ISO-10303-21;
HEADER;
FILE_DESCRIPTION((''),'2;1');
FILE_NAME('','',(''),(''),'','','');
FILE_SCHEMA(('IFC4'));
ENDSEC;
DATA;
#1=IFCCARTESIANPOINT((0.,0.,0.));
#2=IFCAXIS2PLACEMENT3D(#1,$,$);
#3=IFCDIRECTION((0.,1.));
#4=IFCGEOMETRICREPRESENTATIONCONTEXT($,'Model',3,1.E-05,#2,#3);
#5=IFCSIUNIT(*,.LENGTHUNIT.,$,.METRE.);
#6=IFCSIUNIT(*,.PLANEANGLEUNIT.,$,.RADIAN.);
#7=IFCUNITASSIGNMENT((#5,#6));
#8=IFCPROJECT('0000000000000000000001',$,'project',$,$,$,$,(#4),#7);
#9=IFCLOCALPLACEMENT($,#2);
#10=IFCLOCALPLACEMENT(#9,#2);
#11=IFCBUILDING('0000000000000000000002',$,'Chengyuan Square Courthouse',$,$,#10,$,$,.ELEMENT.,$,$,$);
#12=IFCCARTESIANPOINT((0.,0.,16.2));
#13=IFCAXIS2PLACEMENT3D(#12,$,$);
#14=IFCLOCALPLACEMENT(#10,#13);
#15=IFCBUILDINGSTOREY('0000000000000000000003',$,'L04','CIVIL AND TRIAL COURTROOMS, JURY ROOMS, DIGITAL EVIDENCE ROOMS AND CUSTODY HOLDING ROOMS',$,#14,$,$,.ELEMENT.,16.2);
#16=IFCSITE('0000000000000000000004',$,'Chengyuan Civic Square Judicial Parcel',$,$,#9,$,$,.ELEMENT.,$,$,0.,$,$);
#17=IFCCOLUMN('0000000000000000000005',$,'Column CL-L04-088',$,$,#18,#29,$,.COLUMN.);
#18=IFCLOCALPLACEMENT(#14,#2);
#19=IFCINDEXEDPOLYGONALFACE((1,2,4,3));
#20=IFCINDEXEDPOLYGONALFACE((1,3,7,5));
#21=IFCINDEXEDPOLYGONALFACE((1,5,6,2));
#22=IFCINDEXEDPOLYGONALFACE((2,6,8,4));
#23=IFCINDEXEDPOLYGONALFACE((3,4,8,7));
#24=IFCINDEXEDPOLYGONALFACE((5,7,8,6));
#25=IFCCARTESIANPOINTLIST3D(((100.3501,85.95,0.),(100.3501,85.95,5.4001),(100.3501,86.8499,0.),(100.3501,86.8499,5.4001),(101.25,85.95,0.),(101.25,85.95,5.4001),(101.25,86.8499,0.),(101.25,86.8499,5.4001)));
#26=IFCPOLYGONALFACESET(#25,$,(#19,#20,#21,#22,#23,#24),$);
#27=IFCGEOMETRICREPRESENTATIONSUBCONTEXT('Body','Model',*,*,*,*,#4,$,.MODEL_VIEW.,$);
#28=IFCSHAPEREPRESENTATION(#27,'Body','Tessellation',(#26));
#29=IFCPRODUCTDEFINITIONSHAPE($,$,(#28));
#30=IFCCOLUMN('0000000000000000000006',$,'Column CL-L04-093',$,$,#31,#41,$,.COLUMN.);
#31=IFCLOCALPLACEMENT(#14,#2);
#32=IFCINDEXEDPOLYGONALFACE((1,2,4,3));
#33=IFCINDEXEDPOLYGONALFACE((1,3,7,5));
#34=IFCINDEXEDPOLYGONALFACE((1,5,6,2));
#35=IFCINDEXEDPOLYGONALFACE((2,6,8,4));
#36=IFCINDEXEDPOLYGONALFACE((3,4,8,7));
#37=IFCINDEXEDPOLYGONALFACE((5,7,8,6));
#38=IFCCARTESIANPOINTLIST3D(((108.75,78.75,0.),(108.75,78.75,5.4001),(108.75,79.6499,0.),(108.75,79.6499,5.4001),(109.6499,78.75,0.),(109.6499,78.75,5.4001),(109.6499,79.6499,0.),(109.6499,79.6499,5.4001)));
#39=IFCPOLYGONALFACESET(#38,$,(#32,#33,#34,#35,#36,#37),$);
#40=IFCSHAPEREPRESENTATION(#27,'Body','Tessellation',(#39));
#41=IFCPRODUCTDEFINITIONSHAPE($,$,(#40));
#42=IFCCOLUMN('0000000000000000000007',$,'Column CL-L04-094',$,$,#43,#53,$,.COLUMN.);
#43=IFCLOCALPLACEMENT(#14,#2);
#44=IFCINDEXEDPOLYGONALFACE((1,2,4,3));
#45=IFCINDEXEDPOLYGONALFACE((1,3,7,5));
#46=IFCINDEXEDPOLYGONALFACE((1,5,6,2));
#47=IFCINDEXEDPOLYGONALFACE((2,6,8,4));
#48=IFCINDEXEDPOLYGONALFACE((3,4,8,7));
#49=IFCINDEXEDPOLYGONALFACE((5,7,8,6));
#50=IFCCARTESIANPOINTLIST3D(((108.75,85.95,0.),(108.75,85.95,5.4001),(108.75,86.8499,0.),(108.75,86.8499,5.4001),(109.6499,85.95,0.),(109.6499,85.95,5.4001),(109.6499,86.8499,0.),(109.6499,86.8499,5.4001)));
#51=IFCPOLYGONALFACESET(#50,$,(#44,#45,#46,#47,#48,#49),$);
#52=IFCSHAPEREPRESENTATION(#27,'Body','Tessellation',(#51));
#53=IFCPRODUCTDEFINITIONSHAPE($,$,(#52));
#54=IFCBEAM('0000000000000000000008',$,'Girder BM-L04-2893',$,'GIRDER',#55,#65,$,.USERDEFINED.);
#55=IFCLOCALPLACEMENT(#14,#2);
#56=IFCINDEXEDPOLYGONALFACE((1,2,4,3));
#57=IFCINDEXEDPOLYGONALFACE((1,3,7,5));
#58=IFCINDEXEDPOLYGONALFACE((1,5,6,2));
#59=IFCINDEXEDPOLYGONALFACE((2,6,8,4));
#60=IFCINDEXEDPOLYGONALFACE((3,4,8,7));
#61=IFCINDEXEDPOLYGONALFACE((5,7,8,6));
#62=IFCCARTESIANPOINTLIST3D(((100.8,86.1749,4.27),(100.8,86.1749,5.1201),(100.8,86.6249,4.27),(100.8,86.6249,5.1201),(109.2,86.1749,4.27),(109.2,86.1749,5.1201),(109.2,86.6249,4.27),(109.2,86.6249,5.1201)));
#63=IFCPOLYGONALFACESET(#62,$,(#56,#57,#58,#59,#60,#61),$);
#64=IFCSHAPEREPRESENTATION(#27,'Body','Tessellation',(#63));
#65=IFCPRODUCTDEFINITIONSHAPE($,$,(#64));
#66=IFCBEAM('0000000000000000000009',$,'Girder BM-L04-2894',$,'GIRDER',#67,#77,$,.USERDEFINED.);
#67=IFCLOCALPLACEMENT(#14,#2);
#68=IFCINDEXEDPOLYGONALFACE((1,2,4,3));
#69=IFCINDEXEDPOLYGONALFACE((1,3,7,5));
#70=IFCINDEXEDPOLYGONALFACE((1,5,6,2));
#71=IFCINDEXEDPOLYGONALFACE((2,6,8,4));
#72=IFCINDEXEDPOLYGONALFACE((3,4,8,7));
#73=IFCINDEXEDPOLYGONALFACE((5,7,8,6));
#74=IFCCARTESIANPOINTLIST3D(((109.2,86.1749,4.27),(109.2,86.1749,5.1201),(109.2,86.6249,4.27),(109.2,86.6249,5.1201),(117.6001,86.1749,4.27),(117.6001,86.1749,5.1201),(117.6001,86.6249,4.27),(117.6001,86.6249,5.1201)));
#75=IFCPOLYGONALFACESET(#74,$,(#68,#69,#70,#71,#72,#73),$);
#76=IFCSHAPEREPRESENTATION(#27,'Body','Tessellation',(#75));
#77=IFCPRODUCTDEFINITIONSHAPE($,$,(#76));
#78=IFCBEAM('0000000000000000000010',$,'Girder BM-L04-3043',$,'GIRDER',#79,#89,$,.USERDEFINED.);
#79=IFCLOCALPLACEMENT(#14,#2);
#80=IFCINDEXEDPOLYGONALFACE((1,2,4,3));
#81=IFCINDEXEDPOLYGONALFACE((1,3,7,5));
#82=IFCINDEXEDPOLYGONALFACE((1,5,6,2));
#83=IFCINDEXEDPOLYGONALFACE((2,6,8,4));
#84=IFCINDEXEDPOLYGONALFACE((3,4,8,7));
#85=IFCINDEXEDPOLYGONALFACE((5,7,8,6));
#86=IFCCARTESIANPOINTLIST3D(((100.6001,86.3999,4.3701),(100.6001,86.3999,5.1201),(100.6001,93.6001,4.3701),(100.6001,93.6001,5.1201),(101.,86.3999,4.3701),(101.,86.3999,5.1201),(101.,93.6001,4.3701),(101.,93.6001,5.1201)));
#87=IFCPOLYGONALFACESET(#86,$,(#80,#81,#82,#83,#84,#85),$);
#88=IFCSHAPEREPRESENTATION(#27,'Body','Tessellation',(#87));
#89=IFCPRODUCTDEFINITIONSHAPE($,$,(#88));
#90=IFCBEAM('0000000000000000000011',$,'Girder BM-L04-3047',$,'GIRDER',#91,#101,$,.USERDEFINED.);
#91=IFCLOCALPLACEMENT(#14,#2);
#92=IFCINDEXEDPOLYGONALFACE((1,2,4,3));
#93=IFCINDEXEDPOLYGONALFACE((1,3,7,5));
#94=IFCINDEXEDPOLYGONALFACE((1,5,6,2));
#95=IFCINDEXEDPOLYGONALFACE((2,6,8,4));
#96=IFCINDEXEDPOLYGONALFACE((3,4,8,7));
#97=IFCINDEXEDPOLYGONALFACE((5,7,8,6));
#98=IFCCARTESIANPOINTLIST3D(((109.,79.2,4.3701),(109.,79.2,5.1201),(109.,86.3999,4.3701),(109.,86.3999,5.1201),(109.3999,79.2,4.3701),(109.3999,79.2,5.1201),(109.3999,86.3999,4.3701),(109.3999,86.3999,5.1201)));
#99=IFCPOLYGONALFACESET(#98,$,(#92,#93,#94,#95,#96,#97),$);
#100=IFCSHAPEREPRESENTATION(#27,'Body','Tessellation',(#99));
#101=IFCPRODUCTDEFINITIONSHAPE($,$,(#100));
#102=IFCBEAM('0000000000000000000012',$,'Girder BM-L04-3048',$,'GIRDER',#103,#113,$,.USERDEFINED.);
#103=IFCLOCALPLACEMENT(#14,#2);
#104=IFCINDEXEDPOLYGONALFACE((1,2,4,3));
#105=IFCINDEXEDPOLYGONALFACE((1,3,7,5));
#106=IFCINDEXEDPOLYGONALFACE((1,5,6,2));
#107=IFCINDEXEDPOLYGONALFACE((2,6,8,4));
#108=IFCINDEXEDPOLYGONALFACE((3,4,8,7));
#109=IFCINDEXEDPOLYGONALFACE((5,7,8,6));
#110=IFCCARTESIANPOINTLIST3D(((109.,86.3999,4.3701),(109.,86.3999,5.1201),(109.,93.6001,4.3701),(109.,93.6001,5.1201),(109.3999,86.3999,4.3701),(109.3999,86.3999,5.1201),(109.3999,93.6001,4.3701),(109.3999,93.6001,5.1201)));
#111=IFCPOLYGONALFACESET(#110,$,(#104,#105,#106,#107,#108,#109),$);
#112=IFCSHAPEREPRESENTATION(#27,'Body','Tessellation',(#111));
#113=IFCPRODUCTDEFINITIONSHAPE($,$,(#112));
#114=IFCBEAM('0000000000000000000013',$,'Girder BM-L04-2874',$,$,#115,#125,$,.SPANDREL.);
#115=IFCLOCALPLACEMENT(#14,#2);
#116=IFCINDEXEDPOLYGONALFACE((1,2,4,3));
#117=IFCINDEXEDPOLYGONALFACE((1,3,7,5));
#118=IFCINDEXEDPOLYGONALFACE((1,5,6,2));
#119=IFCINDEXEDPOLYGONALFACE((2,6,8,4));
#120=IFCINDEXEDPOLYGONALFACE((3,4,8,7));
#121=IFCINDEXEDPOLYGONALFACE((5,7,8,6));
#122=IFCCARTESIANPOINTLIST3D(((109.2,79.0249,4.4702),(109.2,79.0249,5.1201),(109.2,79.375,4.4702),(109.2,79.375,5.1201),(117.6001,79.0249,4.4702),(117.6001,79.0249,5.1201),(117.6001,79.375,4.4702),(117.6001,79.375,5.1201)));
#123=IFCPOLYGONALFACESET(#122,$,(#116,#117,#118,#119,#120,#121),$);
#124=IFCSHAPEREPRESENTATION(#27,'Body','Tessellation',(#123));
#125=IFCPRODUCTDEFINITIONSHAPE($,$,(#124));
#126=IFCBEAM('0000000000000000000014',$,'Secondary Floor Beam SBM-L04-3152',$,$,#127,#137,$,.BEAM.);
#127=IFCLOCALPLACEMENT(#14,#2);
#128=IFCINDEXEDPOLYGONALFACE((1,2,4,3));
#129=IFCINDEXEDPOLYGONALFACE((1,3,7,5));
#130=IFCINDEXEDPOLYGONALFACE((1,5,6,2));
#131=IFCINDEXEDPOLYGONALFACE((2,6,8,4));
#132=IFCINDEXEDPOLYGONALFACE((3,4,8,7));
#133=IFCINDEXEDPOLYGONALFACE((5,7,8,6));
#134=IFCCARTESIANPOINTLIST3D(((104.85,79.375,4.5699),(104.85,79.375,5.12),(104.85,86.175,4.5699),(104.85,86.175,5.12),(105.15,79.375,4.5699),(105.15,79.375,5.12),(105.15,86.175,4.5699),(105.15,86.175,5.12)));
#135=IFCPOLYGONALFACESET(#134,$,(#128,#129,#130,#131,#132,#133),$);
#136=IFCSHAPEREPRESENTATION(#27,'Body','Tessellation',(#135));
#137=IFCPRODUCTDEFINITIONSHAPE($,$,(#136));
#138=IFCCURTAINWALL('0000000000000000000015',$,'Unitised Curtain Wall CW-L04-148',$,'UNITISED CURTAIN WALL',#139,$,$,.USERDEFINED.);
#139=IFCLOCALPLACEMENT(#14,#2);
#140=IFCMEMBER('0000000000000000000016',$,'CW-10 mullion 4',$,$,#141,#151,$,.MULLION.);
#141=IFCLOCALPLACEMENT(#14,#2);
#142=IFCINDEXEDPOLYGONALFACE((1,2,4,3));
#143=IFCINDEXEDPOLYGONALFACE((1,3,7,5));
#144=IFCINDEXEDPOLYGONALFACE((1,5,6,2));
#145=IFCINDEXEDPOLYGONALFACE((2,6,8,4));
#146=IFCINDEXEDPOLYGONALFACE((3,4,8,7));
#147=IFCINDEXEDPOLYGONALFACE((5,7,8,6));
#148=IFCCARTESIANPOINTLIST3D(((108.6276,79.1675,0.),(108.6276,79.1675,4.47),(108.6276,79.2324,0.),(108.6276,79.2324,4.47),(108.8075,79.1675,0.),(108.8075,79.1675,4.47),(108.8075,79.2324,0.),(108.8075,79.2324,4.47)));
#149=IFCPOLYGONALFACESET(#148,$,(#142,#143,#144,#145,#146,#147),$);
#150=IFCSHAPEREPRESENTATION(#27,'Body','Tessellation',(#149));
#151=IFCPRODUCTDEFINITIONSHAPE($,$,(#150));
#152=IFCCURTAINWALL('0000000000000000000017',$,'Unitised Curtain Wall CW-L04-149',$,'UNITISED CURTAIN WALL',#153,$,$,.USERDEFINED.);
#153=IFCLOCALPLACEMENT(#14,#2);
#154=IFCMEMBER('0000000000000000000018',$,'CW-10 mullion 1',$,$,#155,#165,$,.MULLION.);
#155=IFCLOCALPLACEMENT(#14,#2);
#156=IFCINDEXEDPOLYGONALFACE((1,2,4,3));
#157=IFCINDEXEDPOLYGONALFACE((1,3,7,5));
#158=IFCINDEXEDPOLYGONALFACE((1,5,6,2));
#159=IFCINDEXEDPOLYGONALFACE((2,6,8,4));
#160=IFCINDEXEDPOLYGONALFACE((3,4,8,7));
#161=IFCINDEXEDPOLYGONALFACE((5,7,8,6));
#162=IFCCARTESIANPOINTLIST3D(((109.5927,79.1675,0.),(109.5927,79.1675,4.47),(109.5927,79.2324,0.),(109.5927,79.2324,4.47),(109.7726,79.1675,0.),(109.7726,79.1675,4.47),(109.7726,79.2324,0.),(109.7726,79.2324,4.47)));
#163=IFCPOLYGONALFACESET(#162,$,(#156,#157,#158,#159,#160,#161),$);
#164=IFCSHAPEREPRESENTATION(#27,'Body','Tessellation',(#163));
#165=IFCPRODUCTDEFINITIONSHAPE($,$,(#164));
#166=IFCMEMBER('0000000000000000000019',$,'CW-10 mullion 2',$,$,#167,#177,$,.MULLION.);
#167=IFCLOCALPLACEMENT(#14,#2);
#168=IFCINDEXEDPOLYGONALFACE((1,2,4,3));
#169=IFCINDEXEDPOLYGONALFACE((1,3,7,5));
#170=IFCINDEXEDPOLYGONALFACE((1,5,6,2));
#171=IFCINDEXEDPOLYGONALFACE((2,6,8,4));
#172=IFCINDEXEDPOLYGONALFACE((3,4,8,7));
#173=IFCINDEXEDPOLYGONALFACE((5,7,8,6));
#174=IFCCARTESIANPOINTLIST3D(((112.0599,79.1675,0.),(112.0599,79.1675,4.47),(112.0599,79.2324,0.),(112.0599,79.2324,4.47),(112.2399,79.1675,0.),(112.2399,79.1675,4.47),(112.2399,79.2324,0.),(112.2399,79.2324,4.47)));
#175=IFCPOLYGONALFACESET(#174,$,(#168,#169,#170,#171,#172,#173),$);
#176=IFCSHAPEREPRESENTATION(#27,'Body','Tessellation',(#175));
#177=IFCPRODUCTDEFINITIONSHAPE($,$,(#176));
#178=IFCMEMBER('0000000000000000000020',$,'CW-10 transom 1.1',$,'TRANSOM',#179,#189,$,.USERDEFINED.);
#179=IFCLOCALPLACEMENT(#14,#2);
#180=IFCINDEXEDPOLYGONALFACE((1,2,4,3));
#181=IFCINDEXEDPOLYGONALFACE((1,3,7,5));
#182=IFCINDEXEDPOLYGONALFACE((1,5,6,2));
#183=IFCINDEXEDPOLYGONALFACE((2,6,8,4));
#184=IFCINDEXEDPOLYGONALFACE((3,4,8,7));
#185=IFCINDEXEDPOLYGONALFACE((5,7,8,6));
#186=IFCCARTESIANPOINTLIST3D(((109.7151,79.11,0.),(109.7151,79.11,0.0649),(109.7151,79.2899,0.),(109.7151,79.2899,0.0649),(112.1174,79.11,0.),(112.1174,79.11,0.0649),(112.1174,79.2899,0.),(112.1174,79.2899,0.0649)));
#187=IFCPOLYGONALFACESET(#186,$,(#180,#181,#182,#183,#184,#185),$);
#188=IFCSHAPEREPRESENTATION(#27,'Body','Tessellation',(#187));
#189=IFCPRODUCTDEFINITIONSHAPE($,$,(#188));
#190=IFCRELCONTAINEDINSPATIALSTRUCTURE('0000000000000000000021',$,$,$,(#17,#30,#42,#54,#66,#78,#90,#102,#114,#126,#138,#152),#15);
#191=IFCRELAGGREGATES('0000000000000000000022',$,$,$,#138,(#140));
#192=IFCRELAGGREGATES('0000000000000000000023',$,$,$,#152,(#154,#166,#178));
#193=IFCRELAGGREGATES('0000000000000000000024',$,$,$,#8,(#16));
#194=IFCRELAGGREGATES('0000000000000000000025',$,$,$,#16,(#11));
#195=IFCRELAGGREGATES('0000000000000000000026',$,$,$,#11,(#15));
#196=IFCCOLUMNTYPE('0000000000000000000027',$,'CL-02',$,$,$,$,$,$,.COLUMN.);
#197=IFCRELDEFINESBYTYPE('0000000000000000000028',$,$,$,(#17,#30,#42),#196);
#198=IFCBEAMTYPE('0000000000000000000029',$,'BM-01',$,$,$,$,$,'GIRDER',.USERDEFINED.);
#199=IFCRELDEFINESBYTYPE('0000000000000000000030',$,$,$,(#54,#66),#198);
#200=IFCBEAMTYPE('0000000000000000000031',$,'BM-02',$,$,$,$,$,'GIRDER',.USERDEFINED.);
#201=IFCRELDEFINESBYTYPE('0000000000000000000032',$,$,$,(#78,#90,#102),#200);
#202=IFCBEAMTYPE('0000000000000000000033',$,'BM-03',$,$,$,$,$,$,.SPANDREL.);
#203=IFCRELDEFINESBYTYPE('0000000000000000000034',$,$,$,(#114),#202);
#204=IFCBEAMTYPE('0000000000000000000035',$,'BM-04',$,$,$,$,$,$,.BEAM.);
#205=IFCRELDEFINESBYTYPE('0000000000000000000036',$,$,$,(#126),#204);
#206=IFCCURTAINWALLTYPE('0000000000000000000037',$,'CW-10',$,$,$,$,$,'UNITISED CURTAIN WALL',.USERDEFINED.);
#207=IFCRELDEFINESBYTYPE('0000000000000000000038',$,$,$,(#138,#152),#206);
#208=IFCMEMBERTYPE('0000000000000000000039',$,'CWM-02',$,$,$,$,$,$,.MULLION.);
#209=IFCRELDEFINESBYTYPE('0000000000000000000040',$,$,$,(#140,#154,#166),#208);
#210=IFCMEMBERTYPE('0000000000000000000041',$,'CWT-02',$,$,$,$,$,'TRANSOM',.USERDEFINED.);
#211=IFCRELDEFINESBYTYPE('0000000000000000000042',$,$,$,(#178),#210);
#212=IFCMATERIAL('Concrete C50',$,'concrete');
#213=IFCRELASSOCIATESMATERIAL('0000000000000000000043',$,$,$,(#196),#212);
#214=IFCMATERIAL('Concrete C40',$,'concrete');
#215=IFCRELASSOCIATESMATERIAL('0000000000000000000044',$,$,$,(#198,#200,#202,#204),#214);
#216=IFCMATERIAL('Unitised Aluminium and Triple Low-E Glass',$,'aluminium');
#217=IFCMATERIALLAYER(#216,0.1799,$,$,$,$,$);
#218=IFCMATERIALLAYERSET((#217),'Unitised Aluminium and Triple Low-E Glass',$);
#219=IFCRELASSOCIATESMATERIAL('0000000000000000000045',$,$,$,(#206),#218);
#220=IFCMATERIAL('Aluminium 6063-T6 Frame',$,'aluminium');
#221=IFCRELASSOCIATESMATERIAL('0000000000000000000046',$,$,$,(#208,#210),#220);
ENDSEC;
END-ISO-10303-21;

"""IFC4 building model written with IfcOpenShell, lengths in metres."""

from ifc_helpers import new_model, si_unit, direction, frame, origin, origin_2d, place, context, subcontext, project, spatial, rectangle, extrude, material, layer, layer_set, material_profile, profile_set, type_object, element, aggregate, save


model = new_model("IFC4")

# Units and contexts
model_context = context("Model", 3, precision=1e-05, world=origin(), true_north=direction((0.0, 1.0)))
body_context = subcontext(model_context, "Body", "Model", "MODEL_VIEW")
ifc_project = project(units=[si_unit("LENGTHUNIT", "METRE"), si_unit("PLANEANGLEUNIT", "RADIAN")], contexts=[model_context])

# Site, building, storey
site_placement = place(None, origin())
site = spatial("IfcSite", under=ifc_project, at=site_placement, Name="Chengyuan Civic Square Judicial Parcel", CompositionType="ELEMENT", RefElevation=0.0)
building_placement = place(site_placement, origin())
building = spatial("IfcBuilding", under=site, at=building_placement, Name="Chengyuan Square Courthouse", CompositionType="ELEMENT")
storey_placement = place(building_placement, frame((0.0, 0.0, 16.2)))
storey = spatial("IfcBuildingStorey", under=building, at=storey_placement, Name="L04", Description="CIVIL AND TRIAL COURTROOMS, JURY ROOMS, DIGITAL EVIDENCE ROOMS AND CUSTODY HOLDING ROOMS", CompositionType="ELEMENT", Elevation=16.2)

# Columns
ifc_material_1 = material(Name="Concrete C50", Category="concrete")
ifc_material_profile_1 = material_profile(ifc_material_1, rectangle(XDim=0.8999, YDim=0.8999, at=origin_2d()), Name="RC-COL-900x900")
ifc_profile_set_1 = profile_set([ifc_material_profile_1], Name="Concrete C50")
column_type = type_object("IfcColumnType", Name="CL-02", PredefinedType="COLUMN", material=ifc_profile_set_1)
for number, where, z_axis, x_axis, name in (
    (1, (100.8, 86.3999, 0.0), (0.0, 0.0, 1.0), (1.0, 0.0, 0.0), "Column CL-L04-088"),
    (2, (109.2, 79.2, 0.0), (0.0, 0.0, 1.0), (1.0, 0.0, 0.0), "Column CL-L04-093"),
    (3, (109.2, 86.3999, 0.0), (0.0, 0.0, 1.0), (1.0, 0.0, 0.0), "Column CL-L04-094"),
):
    element("IfcColumn", number, at=place(storey_placement, frame(where, z_axis=z_axis, x_axis=x_axis)), inside=storey, type_object=column_type, Name=name, PredefinedType="COLUMN", context=body_context, shape_type="SweptSolid", body=[
        extrude(rectangle(XDim=0.8999, YDim=0.8999, at=origin_2d()), origin(), (0.0, 0.0, 1.0), 5.4001),
    ])

# Beams
ifc_material_2 = material(Name="Concrete C40", Category="concrete")
ifc_material_profile_2 = material_profile(ifc_material_2, rectangle(XDim=0.45, YDim=0.8501, at=origin_2d()), Name="RC-BM-450x850")
ifc_profile_set_2 = profile_set([ifc_material_profile_2], Name="Concrete C40")
beam_type_1 = type_object("IfcBeamType", Name="BM-01", ElementType="GIRDER", PredefinedType="USERDEFINED", material=ifc_profile_set_2)
beam_1_placement = place(storey_placement, frame((100.8, 86.3999, 4.6951), z_axis=(1.0, 0.0, 0.0), x_axis=(0.0, 1.0, 0.0)))
element("IfcBeam", 4, at=beam_1_placement, inside=storey, type_object=beam_type_1, Name="Girder BM-L04-2893", ObjectType="GIRDER", PredefinedType="USERDEFINED", context=body_context, shape_type="SweptSolid", body=[
    extrude(rectangle(XDim=0.45, YDim=0.8501, at=origin_2d()), origin(), (0.0, 0.0, 1.0), 8.3999),
])
beam_2_placement = place(storey_placement, frame((109.2, 86.3999, 4.6951), z_axis=(1.0, 0.0, 0.0), x_axis=(0.0, 1.0, 0.0)))
element("IfcBeam", 5, at=beam_2_placement, inside=storey, type_object=beam_type_1, Name="Girder BM-L04-2894", ObjectType="GIRDER", PredefinedType="USERDEFINED", context=body_context, shape_type="SweptSolid", body=[
    extrude(rectangle(XDim=0.45, YDim=0.8501, at=origin_2d()), origin(), (0.0, 0.0, 1.0), 8.4001),
])
ifc_material_profile_3 = material_profile(ifc_material_2, rectangle(XDim=0.3999, YDim=0.75, at=origin_2d()), Name="RC-BM-400x750")
ifc_profile_set_3 = profile_set([ifc_material_profile_3], Name="Concrete C40")
beam_type_2 = type_object("IfcBeamType", Name="BM-02", ElementType="GIRDER", PredefinedType="USERDEFINED", material=ifc_profile_set_3)
beam_3_placement = place(storey_placement, frame((100.8, 86.3999, 4.7451), z_axis=(0.0, 1.0, 0.0), x_axis=(-1.0, 0.0, 0.0)))
element("IfcBeam", 6, at=beam_3_placement, inside=storey, type_object=beam_type_2, Name="Girder BM-L04-3043", ObjectType="GIRDER", PredefinedType="USERDEFINED", context=body_context, shape_type="SweptSolid", body=[
    extrude(rectangle(XDim=0.3999, YDim=0.75, at=origin_2d()), origin(), (0.0, 0.0, 1.0), 7.2002),
])
beam_4_placement = place(storey_placement, frame((109.2, 79.2, 4.7451), z_axis=(0.0, 1.0, 0.0), x_axis=(-1.0, 0.0, 0.0)))
element("IfcBeam", 7, at=beam_4_placement, inside=storey, type_object=beam_type_2, Name="Girder BM-L04-3047", ObjectType="GIRDER", PredefinedType="USERDEFINED", context=body_context, shape_type="SweptSolid", body=[
    extrude(rectangle(XDim=0.3999, YDim=0.75, at=origin_2d()), origin(), (0.0, 0.0, 1.0), 7.2),
])
beam_5_placement = place(storey_placement, frame((109.2, 86.3999, 4.7451), z_axis=(0.0, 1.0, 0.0), x_axis=(-1.0, 0.0, 0.0)))
element("IfcBeam", 8, at=beam_5_placement, inside=storey, type_object=beam_type_2, Name="Girder BM-L04-3048", ObjectType="GIRDER", PredefinedType="USERDEFINED", context=body_context, shape_type="SweptSolid", body=[
    extrude(rectangle(XDim=0.3999, YDim=0.75, at=origin_2d()), origin(), (0.0, 0.0, 1.0), 7.2002),
])
ifc_material_profile_4 = material_profile(ifc_material_2, rectangle(XDim=0.3501, YDim=0.6499, at=origin_2d()), Name="RC-BM-350x650")
ifc_profile_set_4 = profile_set([ifc_material_profile_4], Name="Concrete C40")
beam_type_3 = type_object("IfcBeamType", Name="BM-03", PredefinedType="SPANDREL", material=ifc_profile_set_4)
beam_6_placement = place(storey_placement, frame((109.2, 79.2, 4.7952), z_axis=(1.0, 0.0, 0.0), x_axis=(0.0, 1.0, 0.0)))
element("IfcBeam", 9, at=beam_6_placement, inside=storey, type_object=beam_type_3, Name="Girder BM-L04-2874", PredefinedType="SPANDREL", context=body_context, shape_type="SweptSolid", body=[
    extrude(rectangle(XDim=0.3501, YDim=0.6499, at=origin_2d()), origin(), (0.0, 0.0, 1.0), 8.4001),
])
ifc_material_profile_5 = material_profile(ifc_material_2, rectangle(XDim=0.3, YDim=0.55, at=origin_2d()), Name="RC-BM-300x550")
ifc_profile_set_5 = profile_set([ifc_material_profile_5], Name="Concrete C40")
beam_type_4 = type_object("IfcBeamType", Name="BM-04", PredefinedType="BEAM", material=ifc_profile_set_5)
beam_7_placement = place(storey_placement, frame((105.0, 79.375, 4.845), z_axis=(0.0, 1.0, 0.0), x_axis=(-1.0, 0.0, 0.0)))
element("IfcBeam", 10, at=beam_7_placement, inside=storey, type_object=beam_type_4, Name="Secondary Floor Beam SBM-L04-3152", PredefinedType="BEAM", context=body_context, shape_type="SweptSolid", body=[
    extrude(rectangle(XDim=0.3, YDim=0.55, at=origin_2d()), origin(), (0.0, 0.0, 1.0), 6.8),
])

# Curtain wall, member
ifc_material_3 = material(Name="Unitised Aluminium and Triple Low-E Glass", Category="aluminium")
ifc_layer_1 = layer(ifc_material_3, 0.1799)
ifc_layer_set_1 = layer_set([ifc_layer_1], Name="Unitised Aluminium and Triple Low-E Glass")
curtain_wall_type = type_object("IfcCurtainWallType", Name="CW-10", ElementType="UNITISED CURTAIN WALL", PredefinedType="USERDEFINED", material=ifc_layer_set_1)
curtain_wall_1_placement = place(storey_placement, origin())
curtain_wall_1 = element("IfcCurtainWall", 11, at=curtain_wall_1_placement, inside=storey, type_object=curtain_wall_type, Name="Unitised Curtain Wall CW-L04-148", ObjectType="UNITISED CURTAIN WALL", PredefinedType="USERDEFINED")
ifc_material_4 = material(Name="Aluminium 6063-T6 Frame", Category="aluminium")
ifc_material_profile_6 = material_profile(ifc_material_4, rectangle(XDim=0.0649, YDim=0.1799, at=origin_2d()), Name="CW-MUL-65x180")
ifc_profile_set_6 = profile_set([ifc_material_profile_6], Name="Aluminium 6063-T6 Frame")
member_type_1 = type_object("IfcMemberType", Name="CWM-02", PredefinedType="MULLION", material=ifc_profile_set_6)
member_1_placement = place(storey_placement, frame((108.7175, 79.2, 0.0), z_axis=(0.0, 0.0, 1.0), x_axis=(0.0, 1.0, 0.0)))
member_1 = element("IfcMember", 12, at=member_1_placement, type_object=member_type_1, Name="CW-10 mullion 4", PredefinedType="MULLION", context=body_context, shape_type="SweptSolid", body=[
    extrude(rectangle(XDim=0.0649, YDim=0.1799, at=origin_2d()), origin(), (0.0, 0.0, 1.0), 4.47),
])

# Curtain wall, members
curtain_wall_2_placement = place(storey_placement, origin())
curtain_wall_2 = element("IfcCurtainWall", 13, at=curtain_wall_2_placement, inside=storey, type_object=curtain_wall_type, Name="Unitised Curtain Wall CW-L04-149", ObjectType="UNITISED CURTAIN WALL", PredefinedType="USERDEFINED")
member_2_placement = place(storey_placement, frame((109.6826, 79.2, 0.0), z_axis=(0.0, 0.0, 1.0), x_axis=(0.0, 1.0, 0.0)))
member_2 = element("IfcMember", 14, at=member_2_placement, type_object=member_type_1, Name="CW-10 mullion 1", PredefinedType="MULLION", context=body_context, shape_type="SweptSolid", body=[
    extrude(rectangle(XDim=0.0649, YDim=0.1799, at=origin_2d()), origin(), (0.0, 0.0, 1.0), 4.47),
])
member_3_placement = place(storey_placement, frame((112.1499, 79.2, 0.0), z_axis=(0.0, 0.0, 1.0), x_axis=(0.0, 1.0, 0.0)))
member_3 = element("IfcMember", 15, at=member_3_placement, type_object=member_type_1, Name="CW-10 mullion 2", PredefinedType="MULLION", context=body_context, shape_type="SweptSolid", body=[
    extrude(rectangle(XDim=0.0649, YDim=0.1799, at=origin_2d()), origin(), (0.0, 0.0, 1.0), 4.47),
])
ifc_material_profile_7 = material_profile(ifc_material_4, rectangle(XDim=0.1799, YDim=0.0649, at=origin_2d()), Name="CW-TRN-65x140")
ifc_profile_set_7 = profile_set([ifc_material_profile_7], Name="Aluminium 6063-T6 Frame")
member_type_2 = type_object("IfcMemberType", Name="CWT-02", ElementType="TRANSOM", PredefinedType="USERDEFINED", material=ifc_profile_set_7)
member_4_placement = place(storey_placement, frame((109.7151, 79.2, 0.0325), z_axis=(1.0, 0.0, 0.0), x_axis=(0.0, 1.0, 0.0)))
member_4 = element("IfcMember", 16, at=member_4_placement, type_object=member_type_2, Name="CW-10 transom 1.1", ObjectType="TRANSOM", PredefinedType="USERDEFINED", context=body_context, shape_type="SweptSolid", body=[
    extrude(rectangle(XDim=0.1799, YDim=0.0649, at=origin_2d()), origin(), (0.0, 0.0, 1.0), 2.4023),
])

aggregate(curtain_wall_1, [member_1])
aggregate(curtain_wall_2, [member_2, member_3, member_4])

save(model, "model.ifc")
